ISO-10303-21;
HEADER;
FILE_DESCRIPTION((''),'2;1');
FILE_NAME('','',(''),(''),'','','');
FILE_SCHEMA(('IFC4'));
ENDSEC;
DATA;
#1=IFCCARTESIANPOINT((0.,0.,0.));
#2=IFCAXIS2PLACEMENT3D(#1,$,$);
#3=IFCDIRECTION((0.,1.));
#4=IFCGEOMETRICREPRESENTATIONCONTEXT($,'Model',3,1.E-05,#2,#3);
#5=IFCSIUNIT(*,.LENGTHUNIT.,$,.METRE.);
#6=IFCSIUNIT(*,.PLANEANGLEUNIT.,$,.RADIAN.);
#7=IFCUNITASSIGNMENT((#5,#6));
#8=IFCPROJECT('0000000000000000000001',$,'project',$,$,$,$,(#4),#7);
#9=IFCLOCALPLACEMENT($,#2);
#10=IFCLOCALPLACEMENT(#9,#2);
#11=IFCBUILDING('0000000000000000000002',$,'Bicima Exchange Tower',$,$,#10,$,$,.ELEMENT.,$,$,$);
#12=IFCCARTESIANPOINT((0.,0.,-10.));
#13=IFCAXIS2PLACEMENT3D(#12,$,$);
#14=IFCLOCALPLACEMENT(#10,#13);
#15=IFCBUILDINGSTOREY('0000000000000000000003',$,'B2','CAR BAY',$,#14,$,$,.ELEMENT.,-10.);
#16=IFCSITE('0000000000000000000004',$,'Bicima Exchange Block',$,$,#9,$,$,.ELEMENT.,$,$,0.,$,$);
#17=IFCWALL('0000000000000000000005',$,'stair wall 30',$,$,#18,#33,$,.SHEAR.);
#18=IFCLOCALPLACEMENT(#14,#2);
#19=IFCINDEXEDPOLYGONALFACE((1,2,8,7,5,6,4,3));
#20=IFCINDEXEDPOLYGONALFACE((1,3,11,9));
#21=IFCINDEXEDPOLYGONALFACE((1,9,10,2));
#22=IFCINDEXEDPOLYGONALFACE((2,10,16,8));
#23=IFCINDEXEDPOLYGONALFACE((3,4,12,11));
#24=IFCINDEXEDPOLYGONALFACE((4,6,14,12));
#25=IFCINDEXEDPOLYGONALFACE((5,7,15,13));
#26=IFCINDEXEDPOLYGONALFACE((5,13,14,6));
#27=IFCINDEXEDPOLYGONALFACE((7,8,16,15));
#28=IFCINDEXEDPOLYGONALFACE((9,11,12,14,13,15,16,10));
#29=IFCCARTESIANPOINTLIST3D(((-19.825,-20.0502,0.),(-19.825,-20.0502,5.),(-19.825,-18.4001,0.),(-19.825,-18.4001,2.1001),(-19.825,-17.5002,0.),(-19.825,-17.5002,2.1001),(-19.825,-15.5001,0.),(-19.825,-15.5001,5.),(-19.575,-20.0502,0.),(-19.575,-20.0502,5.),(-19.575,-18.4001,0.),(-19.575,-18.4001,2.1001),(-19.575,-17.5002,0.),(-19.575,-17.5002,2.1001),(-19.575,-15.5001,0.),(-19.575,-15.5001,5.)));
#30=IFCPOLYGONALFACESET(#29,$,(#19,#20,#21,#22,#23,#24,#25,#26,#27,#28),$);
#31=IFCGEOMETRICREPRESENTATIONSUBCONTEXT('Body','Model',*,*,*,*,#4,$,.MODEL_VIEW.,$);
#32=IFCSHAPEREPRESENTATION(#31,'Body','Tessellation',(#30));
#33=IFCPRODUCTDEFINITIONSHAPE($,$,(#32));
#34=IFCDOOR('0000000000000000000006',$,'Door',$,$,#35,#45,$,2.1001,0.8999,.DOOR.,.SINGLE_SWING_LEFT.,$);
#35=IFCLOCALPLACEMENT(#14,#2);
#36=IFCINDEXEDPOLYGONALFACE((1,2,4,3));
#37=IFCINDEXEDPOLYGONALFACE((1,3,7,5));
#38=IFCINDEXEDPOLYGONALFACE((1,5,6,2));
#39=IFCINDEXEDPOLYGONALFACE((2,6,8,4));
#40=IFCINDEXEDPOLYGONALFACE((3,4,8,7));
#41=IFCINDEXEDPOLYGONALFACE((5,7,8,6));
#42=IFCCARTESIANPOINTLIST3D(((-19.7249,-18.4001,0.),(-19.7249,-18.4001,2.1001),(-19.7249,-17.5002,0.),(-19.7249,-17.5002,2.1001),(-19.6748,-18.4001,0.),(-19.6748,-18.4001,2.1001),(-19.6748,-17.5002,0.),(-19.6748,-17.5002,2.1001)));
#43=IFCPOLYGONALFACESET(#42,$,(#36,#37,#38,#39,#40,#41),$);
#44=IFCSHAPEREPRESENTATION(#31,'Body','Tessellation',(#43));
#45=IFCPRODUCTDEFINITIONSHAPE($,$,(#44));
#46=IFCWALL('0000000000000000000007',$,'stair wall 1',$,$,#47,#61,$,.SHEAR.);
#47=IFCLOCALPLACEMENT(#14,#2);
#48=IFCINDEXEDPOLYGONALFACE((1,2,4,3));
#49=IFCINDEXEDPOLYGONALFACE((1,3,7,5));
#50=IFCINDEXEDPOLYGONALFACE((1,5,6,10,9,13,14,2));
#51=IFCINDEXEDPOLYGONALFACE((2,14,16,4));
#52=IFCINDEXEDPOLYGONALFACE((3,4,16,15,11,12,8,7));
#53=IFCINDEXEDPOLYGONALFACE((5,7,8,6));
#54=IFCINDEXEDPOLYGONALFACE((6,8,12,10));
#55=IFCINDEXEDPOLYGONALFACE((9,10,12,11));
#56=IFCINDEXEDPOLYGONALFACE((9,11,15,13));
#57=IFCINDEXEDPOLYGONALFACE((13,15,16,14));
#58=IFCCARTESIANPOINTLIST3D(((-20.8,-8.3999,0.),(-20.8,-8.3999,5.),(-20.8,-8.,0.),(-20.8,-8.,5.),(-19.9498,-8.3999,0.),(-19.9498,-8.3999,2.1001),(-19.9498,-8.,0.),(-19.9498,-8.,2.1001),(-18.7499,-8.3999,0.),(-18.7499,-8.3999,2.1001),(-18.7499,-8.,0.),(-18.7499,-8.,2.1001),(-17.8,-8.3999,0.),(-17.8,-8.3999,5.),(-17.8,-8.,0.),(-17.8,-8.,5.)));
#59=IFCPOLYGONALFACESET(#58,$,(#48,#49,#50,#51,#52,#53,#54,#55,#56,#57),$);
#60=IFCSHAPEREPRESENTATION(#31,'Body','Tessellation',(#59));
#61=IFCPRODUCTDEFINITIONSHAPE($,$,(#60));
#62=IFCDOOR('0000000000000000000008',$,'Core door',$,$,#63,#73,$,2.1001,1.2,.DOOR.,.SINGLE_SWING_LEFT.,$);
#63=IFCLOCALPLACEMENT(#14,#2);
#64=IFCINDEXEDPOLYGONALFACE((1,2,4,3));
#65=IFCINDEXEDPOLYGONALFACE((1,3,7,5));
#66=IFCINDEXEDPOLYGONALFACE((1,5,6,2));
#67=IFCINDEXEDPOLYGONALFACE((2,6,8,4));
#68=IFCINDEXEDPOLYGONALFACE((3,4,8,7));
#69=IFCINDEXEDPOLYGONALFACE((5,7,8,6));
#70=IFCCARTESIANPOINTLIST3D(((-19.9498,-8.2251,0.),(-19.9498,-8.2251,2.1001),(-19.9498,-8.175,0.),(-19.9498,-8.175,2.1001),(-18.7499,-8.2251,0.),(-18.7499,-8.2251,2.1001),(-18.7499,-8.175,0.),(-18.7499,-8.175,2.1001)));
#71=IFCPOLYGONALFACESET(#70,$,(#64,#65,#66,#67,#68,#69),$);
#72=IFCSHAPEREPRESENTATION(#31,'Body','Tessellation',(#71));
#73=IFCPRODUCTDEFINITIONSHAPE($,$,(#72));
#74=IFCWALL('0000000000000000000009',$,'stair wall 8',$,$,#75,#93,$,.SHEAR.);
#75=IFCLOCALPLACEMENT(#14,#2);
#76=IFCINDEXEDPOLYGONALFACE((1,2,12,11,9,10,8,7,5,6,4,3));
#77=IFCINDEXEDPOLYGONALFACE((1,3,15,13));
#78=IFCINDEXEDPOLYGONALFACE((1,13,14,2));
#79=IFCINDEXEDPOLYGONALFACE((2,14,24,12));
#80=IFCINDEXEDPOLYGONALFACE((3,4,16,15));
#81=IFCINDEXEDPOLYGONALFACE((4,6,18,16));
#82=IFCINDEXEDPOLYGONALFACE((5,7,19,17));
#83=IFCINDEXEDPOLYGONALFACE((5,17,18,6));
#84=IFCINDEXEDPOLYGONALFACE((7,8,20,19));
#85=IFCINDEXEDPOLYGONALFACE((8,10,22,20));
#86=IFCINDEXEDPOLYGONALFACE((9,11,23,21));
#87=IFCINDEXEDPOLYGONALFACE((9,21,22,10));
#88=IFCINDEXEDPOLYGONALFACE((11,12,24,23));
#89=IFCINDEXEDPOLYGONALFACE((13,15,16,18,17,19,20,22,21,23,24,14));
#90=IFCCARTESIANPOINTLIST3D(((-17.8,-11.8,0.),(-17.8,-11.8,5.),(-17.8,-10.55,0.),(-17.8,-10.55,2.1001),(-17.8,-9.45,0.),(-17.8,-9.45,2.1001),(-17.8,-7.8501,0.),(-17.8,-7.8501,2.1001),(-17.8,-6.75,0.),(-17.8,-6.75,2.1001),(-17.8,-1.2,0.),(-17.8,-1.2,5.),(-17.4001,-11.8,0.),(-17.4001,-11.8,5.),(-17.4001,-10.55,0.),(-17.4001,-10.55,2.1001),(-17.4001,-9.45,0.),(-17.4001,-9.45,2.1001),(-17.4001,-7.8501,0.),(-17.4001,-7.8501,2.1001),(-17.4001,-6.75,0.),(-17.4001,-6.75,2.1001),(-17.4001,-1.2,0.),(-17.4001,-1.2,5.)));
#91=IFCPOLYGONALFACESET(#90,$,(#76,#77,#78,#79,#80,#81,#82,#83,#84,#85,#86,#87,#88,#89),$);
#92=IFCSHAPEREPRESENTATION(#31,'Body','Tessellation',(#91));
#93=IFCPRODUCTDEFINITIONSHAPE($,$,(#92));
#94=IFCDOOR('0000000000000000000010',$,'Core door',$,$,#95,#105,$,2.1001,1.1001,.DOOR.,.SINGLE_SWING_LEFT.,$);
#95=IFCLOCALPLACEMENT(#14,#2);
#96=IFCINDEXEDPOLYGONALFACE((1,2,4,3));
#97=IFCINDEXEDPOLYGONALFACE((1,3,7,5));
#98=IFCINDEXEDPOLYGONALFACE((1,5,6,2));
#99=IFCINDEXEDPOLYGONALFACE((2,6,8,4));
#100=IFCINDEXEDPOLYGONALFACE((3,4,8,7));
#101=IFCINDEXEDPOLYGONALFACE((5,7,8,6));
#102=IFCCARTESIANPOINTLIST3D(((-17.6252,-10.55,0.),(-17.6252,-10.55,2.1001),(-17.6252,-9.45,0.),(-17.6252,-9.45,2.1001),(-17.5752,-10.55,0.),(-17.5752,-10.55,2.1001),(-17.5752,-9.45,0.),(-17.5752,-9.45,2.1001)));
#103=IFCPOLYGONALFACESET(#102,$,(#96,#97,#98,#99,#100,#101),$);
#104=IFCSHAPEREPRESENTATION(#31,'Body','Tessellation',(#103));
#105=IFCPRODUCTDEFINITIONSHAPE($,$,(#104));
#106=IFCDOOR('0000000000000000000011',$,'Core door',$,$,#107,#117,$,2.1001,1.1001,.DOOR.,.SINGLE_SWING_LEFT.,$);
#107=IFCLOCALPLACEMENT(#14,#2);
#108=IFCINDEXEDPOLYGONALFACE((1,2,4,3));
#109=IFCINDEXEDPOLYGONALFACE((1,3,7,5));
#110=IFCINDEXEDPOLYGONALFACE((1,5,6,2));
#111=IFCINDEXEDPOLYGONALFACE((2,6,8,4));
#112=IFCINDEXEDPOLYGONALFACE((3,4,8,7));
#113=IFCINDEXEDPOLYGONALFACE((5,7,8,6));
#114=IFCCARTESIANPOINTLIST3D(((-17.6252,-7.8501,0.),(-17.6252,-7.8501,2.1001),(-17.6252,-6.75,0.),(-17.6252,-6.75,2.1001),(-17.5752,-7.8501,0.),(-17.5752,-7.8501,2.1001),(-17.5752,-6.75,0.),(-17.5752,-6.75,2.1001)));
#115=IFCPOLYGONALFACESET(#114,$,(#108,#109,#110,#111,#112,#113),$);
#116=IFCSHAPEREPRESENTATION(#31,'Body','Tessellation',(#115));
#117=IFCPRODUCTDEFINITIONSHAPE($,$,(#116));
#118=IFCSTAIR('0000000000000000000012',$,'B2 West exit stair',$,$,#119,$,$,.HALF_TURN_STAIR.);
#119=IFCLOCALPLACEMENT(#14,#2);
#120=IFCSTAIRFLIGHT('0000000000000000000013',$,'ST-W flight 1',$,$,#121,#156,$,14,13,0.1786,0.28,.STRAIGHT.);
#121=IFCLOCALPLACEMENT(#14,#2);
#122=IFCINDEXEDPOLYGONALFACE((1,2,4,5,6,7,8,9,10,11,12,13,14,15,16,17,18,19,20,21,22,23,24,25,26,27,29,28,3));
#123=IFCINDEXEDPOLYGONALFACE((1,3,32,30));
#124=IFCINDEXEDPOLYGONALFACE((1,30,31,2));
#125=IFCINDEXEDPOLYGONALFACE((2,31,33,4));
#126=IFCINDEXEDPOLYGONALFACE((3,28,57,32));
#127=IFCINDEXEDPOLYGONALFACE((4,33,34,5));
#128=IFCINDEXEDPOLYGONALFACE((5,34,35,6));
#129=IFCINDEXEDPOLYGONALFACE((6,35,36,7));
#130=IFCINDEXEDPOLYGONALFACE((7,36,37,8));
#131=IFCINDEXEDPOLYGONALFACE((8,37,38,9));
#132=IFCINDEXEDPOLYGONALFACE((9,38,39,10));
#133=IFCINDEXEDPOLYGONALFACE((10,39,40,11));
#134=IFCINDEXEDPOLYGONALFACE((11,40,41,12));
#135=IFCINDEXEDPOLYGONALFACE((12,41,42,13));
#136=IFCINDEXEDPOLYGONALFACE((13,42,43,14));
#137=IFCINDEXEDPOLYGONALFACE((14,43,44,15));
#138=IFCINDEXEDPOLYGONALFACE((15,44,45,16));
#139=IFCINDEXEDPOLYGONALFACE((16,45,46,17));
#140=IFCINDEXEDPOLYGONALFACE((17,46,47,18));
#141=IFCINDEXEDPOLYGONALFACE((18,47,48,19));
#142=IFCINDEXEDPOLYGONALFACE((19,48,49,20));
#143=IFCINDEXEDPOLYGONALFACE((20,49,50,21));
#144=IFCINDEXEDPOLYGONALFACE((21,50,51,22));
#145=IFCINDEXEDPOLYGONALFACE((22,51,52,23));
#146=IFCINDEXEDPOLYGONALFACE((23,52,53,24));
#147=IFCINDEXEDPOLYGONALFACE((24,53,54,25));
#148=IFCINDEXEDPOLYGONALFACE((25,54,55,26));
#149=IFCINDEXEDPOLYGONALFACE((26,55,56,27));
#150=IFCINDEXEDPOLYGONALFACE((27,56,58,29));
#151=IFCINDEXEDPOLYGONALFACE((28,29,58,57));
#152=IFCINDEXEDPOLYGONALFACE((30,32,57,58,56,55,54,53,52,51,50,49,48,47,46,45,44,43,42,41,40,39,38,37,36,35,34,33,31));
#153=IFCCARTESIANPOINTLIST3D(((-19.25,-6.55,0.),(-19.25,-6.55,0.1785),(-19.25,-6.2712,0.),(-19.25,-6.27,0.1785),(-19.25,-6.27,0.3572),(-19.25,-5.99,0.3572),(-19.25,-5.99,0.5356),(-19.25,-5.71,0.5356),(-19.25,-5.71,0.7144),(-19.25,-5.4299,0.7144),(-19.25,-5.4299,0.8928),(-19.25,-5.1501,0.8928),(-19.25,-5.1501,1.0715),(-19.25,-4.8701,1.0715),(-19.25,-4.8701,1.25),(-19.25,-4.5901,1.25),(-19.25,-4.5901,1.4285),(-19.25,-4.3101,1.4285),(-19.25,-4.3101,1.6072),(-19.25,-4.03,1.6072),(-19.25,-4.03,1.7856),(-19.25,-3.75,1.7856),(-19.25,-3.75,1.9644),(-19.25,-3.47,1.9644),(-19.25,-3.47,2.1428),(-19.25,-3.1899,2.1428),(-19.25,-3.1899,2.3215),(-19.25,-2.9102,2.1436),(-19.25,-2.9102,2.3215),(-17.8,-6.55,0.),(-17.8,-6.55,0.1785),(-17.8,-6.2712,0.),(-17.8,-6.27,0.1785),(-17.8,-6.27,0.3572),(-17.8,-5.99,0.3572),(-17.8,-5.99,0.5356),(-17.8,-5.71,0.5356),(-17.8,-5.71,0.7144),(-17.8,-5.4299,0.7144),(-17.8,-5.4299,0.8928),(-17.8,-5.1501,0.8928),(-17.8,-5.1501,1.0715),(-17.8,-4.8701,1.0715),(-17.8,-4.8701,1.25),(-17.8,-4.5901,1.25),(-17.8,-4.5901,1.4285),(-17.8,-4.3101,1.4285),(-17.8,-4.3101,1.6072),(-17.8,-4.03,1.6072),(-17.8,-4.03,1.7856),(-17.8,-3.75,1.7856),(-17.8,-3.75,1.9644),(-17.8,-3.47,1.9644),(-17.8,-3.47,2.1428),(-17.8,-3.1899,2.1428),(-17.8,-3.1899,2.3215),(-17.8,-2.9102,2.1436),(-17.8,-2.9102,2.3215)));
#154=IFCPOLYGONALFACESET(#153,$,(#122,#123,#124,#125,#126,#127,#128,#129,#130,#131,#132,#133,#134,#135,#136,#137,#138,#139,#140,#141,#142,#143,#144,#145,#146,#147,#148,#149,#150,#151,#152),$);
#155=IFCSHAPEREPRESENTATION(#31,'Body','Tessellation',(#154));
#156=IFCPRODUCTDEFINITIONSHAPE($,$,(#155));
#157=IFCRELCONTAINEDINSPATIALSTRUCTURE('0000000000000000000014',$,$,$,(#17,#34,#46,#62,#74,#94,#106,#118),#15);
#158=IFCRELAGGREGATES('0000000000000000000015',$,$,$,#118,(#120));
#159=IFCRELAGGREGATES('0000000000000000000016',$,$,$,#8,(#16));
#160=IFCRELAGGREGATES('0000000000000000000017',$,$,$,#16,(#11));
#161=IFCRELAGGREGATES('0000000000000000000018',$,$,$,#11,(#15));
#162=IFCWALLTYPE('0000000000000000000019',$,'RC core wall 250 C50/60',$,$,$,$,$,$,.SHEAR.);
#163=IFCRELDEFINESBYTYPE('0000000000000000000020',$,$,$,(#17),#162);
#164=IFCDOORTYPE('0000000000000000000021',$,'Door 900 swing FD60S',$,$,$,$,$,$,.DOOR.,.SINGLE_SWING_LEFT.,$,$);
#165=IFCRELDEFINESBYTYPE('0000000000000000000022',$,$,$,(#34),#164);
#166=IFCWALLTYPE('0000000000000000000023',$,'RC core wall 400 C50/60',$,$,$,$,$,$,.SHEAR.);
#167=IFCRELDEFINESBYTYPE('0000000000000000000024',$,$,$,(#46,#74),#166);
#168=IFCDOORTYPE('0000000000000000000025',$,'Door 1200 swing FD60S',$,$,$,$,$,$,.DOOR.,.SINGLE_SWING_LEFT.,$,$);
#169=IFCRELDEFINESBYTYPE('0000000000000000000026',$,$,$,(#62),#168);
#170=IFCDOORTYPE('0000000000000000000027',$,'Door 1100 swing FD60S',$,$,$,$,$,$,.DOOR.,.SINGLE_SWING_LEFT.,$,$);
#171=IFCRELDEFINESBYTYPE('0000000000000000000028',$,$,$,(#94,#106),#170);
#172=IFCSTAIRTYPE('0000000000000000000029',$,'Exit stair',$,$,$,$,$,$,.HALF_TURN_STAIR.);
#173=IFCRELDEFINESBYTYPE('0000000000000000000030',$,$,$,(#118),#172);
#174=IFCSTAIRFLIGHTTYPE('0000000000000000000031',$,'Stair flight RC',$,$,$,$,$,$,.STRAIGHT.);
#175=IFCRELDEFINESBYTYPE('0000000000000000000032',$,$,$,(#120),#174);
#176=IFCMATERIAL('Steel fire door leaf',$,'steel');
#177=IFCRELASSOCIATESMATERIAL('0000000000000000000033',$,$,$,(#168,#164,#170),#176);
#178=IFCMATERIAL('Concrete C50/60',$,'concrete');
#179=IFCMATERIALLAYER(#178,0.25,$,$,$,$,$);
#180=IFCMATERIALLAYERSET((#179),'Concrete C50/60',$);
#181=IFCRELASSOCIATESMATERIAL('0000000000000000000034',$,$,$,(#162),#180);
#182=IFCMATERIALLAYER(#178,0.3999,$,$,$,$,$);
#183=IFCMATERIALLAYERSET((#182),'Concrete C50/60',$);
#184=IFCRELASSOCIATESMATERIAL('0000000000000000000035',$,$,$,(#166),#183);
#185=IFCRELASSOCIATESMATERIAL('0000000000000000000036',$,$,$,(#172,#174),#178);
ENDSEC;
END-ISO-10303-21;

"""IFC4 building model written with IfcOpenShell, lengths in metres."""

from ifc_helpers import new_model, si_unit, direction, frame, frame_2d, origin, place, context, subcontext, project, spatial, polyline, rectangle, outline, extrude, material, layer, layer_set, type_object, element, fill, aggregate, save


model = new_model("IFC4")

# Units and contexts
model_context = context("Model", 3, precision=1e-05, world=origin(), true_north=direction((0.0, 1.0)))
body_context = subcontext(model_context, "Body", "Model", "MODEL_VIEW")
ifc_project = project(units=[si_unit("LENGTHUNIT", "METRE"), si_unit("PLANEANGLEUNIT", "RADIAN")], contexts=[model_context])

# Site, building, storey
site_placement = place(None, origin())
site = spatial("IfcSite", under=ifc_project, at=site_placement, Name="Bicima Exchange Block", CompositionType="ELEMENT", RefElevation=0.0)
building_placement = place(site_placement, origin())
building = spatial("IfcBuilding", under=site, at=building_placement, Name="Bicima Exchange Tower", CompositionType="ELEMENT")
storey_placement = place(building_placement, frame((0.0, 0.0, -10.0)))
storey = spatial("IfcBuildingStorey", under=building, at=storey_placement, Name="B2", Description="CAR BAY", CompositionType="ELEMENT", Elevation=-10.0)

# Shared definitions
ifc_material_1 = material(Name="Steel fire door leaf", Category="steel")
door_type_1 = type_object("IfcDoorType", Name="Door 1200 swing FD60S", OperationType="SINGLE_SWING_LEFT", PredefinedType="DOOR", material=ifc_material_1)

# Walls, openings, doors
ifc_material_2 = material(Name="Concrete C50/60", Category="concrete")
ifc_layer_1 = layer(ifc_material_2, 0.25)
ifc_layer_set_1 = layer_set([ifc_layer_1], Name="Concrete C50/60")
wall_type_1 = type_object("IfcWallType", Name="RC core wall 250 C50/60", PredefinedType="SHEAR", material=ifc_layer_set_1)
wall_1_placement = place(storey_placement, frame((-19.7, -20.05, 0.0), z_axis=(0.0, 0.0, 1.0), x_axis=(0.0, 1.0, 0.0)))
wall_1 = element("IfcWall", 1, at=wall_1_placement, inside=storey, type_object=wall_type_1, Name="stair wall 30", PredefinedType="SHEAR", context=body_context, shape_type="SweptSolid", body=[
    extrude(rectangle(XDim=4.55, YDim=0.25, at=frame_2d((2.2749, 0.0))), origin(), (0.0, 0.0, 1.0), 5.0),
])
opening_1_placement = place(wall_1_placement, frame((1.6499, 0.0, 0.0)))
opening_1 = element("IfcOpeningElement", 2, at=opening_1_placement, cuts=wall_1, PredefinedType="OPENING", context=body_context, shape_type="SweptSolid", body=[
    extrude(rectangle(XDim=0.8999, YDim=2.1001, at=frame_2d((0.45, 1.05))), frame((0.0, 0.137, 0.0), z_axis=(0.0, -1.0, 0.0), x_axis=(1.0, 0.0, 0.0)), (0.0, 0.0, 1.0), 0.2739),
])
door_type_2 = type_object("IfcDoorType", Name="Door 900 swing FD60S", OperationType="SINGLE_SWING_LEFT", PredefinedType="DOOR", material=ifc_material_1)
door_1_placement = place(opening_1_placement, origin())
door_1 = element("IfcDoor", 3, at=door_1_placement, inside=storey, type_object=door_type_2, Name="Door", OperationType="SINGLE_SWING_LEFT", OverallHeight=2.1001, OverallWidth=0.8999, PredefinedType="DOOR", context=body_context, shape_type="SweptSolid", body=[
    extrude(rectangle(XDim=0.8999, YDim=2.1001, at=frame_2d((0.45, 1.05))), frame((0.0, 0.0249, 0.0), z_axis=(0.0, -1.0, 0.0), x_axis=(1.0, 0.0, 0.0)), (0.0, 0.0, 1.0), 0.05),
])
fill(opening_1, door_1)
ifc_layer_2 = layer(ifc_material_2, 0.3999)
ifc_layer_set_2 = layer_set([ifc_layer_2], Name="Concrete C50/60")
wall_type_2 = type_object("IfcWallType", Name="RC core wall 400 C50/60", PredefinedType="SHEAR", material=ifc_layer_set_2)
wall_2_placement = place(storey_placement, frame((-20.8, -8.2, 0.0), z_axis=(0.0, 0.0, 1.0), x_axis=(1.0, 0.0, 0.0)))
wall_2 = element("IfcWall", 4, at=wall_2_placement, inside=storey, type_object=wall_type_2, Name="stair wall 1", PredefinedType="SHEAR", context=body_context, shape_type="SweptSolid", body=[
    extrude(rectangle(XDim=3.0, YDim=0.3999, at=frame_2d((1.5, 0.0))), origin(), (0.0, 0.0, 1.0), 5.0),
])
opening_2_placement = place(wall_2_placement, frame((0.8501, 0.0, 0.0)))
opening_2 = element("IfcOpeningElement", 5, at=opening_2_placement, cuts=wall_2, PredefinedType="OPENING", context=body_context, shape_type="SweptSolid", body=[
    extrude(rectangle(XDim=1.2, YDim=2.1001, at=frame_2d((0.6001, 1.05))), frame((0.0, 0.2119, 0.0), z_axis=(0.0, -1.0, 0.0), x_axis=(1.0, 0.0, 0.0)), (0.0, 0.0, 1.0), 0.4238),
])
door_2_placement = place(opening_2_placement, origin())
door_2 = element("IfcDoor", 6, at=door_2_placement, inside=storey, type_object=door_type_1, Name="Core door", OperationType="SINGLE_SWING_LEFT", OverallHeight=2.1001, OverallWidth=1.2, PredefinedType="DOOR", context=body_context, shape_type="SweptSolid", body=[
    extrude(rectangle(XDim=1.2, YDim=2.1001, at=frame_2d((0.6001, 1.05))), frame((0.0, 0.0249, 0.0), z_axis=(0.0, -1.0, 0.0), x_axis=(1.0, 0.0, 0.0)), (0.0, 0.0, 1.0), 0.05),
])
fill(opening_2, door_2)

# Wall, openings, doors
wall_3_placement = place(storey_placement, frame((-17.6001, -11.8, 0.0), z_axis=(0.0, 0.0, 1.0), x_axis=(0.0, 1.0, 0.0)))
wall_3 = element("IfcWall", 7, at=wall_3_placement, inside=storey, type_object=wall_type_2, Name="stair wall 8", PredefinedType="SHEAR", context=body_context, shape_type="SweptSolid", body=[
    extrude(rectangle(XDim=10.6001, YDim=0.3999, at=frame_2d((5.3, 0.0))), origin(), (0.0, 0.0, 1.0), 5.0),
])
opening_3_placement = place(wall_3_placement, frame((1.25, 0.0, 0.0)))
opening_3 = element("IfcOpeningElement", 8, at=opening_3_placement, cuts=wall_3, PredefinedType="OPENING", context=body_context, shape_type="SweptSolid", body=[
    extrude(rectangle(XDim=1.1001, YDim=2.1001, at=frame_2d((0.55, 1.05))), frame((0.0, 0.2119, 0.0), z_axis=(0.0, -1.0, 0.0), x_axis=(1.0, 0.0, 0.0)), (0.0, 0.0, 1.0), 0.4238),
])
opening_4_placement = place(wall_3_placement, frame((3.95, 0.0, 0.0)))
opening_4 = element("IfcOpeningElement", 9, at=opening_4_placement, cuts=wall_3, PredefinedType="OPENING", context=body_context, shape_type="SweptSolid", body=[
    extrude(rectangle(XDim=1.1001, YDim=2.1001, at=frame_2d((0.55, 1.05))), frame((0.0, 0.2119, 0.0), z_axis=(0.0, -1.0, 0.0), x_axis=(1.0, 0.0, 0.0)), (0.0, 0.0, 1.0), 0.4238),
])
door_type_3 = type_object("IfcDoorType", Name="Door 1100 swing FD60S", OperationType="SINGLE_SWING_LEFT", PredefinedType="DOOR", material=ifc_material_1)
door_3_placement = place(opening_3_placement, frame((1.1001, 0.0, 0.0), z_axis=(0.0, 0.0, 1.0), x_axis=(-1.0, 0.0, 0.0)))
door_3 = element("IfcDoor", 10, at=door_3_placement, inside=storey, type_object=door_type_3, Name="Core door", OperationType="SINGLE_SWING_LEFT", OverallHeight=2.1001, OverallWidth=1.1001, PredefinedType="DOOR", context=body_context, shape_type="SweptSolid", body=[
    extrude(rectangle(XDim=1.1001, YDim=2.1001, at=frame_2d((0.55, 1.05))), frame((0.0, 0.0249, 0.0), z_axis=(0.0, -1.0, 0.0), x_axis=(1.0, 0.0, 0.0)), (0.0, 0.0, 1.0), 0.05),
])
fill(opening_3, door_3)
door_4_placement = place(opening_4_placement, frame((1.1001, 0.0, 0.0), z_axis=(0.0, 0.0, 1.0), x_axis=(-1.0, 0.0, 0.0)))
door_4 = element("IfcDoor", 11, at=door_4_placement, inside=storey, type_object=door_type_3, Name="Core door", OperationType="SINGLE_SWING_LEFT", OverallHeight=2.1001, OverallWidth=1.1001, PredefinedType="DOOR", context=body_context, shape_type="SweptSolid", body=[
    extrude(rectangle(XDim=1.1001, YDim=2.1001, at=frame_2d((0.55, 1.05))), frame((0.0, 0.0249, 0.0), z_axis=(0.0, -1.0, 0.0), x_axis=(1.0, 0.0, 0.0)), (0.0, 0.0, 1.0), 0.05),
])
fill(opening_4, door_4)

# Stair, stair flight
stair_type = type_object("IfcStairType", Name="Exit stair", PredefinedType="HALF_TURN_STAIR", material=ifc_material_2)
stair_placement = place(storey_placement, origin())
stair = element("IfcStair", 12, at=stair_placement, inside=storey, type_object=stair_type, Name="B2 West exit stair", PredefinedType="HALF_TURN_STAIR")
stair_flight_type = type_object("IfcStairFlightType", Name="Stair flight RC", PredefinedType="STRAIGHT", material=ifc_material_2)
stair_flight_placement = place(storey_placement, frame((-18.5249, -6.55, 0.0), z_axis=(0.0, 0.0, 1.0), x_axis=(0.0, 1.0, 0.0)))
stair_flight = element("IfcStairFlight", 13, at=stair_flight_placement, type_object=stair_flight_type, Name="ST-W flight 1", NumberOfRisers=14, NumberOfTreads=13, PredefinedType="STRAIGHT", RiserHeight=0.1786, TreadLength=0.28, context=body_context, shape_type="SweptSolid", body=[
    extrude(outline(polyline([(0.0, 0.0), (0.0, 0.1785), (0.28, 0.1785), (0.28, 0.3572), (0.5601, 0.3572), (0.5601, 0.5356), (0.8401, 0.5356), (0.8401, 0.7144), (1.1201, 0.7144), (1.1201, 0.8928), (1.3999, 0.8928), (1.3999, 1.0715), (1.6799, 1.0715), (1.6799, 1.25), (1.96, 1.25), (1.96, 1.4285), (2.24, 1.4285), (2.24, 1.6072), (2.52, 1.6072), (2.52, 1.7856), (2.8, 1.7856), (2.8, 1.9644), (3.0801, 1.9644), (3.0801, 2.1428), (3.3601, 2.1428), (3.3601, 2.3215), (3.6399, 2.3215), (3.6399, 2.5), (3.6399, 2.1436), (0.2788, 0.0), (0.0, 0.0)])), frame((0.0, 0.7251, 0.0), z_axis=(0.0, -1.0, 0.0), x_axis=(1.0, 0.0, 0.0)), (0.0, 0.0, 1.0), 1.45),
])
aggregate(stair, [stair_flight])

save(model, "model.ifc")
